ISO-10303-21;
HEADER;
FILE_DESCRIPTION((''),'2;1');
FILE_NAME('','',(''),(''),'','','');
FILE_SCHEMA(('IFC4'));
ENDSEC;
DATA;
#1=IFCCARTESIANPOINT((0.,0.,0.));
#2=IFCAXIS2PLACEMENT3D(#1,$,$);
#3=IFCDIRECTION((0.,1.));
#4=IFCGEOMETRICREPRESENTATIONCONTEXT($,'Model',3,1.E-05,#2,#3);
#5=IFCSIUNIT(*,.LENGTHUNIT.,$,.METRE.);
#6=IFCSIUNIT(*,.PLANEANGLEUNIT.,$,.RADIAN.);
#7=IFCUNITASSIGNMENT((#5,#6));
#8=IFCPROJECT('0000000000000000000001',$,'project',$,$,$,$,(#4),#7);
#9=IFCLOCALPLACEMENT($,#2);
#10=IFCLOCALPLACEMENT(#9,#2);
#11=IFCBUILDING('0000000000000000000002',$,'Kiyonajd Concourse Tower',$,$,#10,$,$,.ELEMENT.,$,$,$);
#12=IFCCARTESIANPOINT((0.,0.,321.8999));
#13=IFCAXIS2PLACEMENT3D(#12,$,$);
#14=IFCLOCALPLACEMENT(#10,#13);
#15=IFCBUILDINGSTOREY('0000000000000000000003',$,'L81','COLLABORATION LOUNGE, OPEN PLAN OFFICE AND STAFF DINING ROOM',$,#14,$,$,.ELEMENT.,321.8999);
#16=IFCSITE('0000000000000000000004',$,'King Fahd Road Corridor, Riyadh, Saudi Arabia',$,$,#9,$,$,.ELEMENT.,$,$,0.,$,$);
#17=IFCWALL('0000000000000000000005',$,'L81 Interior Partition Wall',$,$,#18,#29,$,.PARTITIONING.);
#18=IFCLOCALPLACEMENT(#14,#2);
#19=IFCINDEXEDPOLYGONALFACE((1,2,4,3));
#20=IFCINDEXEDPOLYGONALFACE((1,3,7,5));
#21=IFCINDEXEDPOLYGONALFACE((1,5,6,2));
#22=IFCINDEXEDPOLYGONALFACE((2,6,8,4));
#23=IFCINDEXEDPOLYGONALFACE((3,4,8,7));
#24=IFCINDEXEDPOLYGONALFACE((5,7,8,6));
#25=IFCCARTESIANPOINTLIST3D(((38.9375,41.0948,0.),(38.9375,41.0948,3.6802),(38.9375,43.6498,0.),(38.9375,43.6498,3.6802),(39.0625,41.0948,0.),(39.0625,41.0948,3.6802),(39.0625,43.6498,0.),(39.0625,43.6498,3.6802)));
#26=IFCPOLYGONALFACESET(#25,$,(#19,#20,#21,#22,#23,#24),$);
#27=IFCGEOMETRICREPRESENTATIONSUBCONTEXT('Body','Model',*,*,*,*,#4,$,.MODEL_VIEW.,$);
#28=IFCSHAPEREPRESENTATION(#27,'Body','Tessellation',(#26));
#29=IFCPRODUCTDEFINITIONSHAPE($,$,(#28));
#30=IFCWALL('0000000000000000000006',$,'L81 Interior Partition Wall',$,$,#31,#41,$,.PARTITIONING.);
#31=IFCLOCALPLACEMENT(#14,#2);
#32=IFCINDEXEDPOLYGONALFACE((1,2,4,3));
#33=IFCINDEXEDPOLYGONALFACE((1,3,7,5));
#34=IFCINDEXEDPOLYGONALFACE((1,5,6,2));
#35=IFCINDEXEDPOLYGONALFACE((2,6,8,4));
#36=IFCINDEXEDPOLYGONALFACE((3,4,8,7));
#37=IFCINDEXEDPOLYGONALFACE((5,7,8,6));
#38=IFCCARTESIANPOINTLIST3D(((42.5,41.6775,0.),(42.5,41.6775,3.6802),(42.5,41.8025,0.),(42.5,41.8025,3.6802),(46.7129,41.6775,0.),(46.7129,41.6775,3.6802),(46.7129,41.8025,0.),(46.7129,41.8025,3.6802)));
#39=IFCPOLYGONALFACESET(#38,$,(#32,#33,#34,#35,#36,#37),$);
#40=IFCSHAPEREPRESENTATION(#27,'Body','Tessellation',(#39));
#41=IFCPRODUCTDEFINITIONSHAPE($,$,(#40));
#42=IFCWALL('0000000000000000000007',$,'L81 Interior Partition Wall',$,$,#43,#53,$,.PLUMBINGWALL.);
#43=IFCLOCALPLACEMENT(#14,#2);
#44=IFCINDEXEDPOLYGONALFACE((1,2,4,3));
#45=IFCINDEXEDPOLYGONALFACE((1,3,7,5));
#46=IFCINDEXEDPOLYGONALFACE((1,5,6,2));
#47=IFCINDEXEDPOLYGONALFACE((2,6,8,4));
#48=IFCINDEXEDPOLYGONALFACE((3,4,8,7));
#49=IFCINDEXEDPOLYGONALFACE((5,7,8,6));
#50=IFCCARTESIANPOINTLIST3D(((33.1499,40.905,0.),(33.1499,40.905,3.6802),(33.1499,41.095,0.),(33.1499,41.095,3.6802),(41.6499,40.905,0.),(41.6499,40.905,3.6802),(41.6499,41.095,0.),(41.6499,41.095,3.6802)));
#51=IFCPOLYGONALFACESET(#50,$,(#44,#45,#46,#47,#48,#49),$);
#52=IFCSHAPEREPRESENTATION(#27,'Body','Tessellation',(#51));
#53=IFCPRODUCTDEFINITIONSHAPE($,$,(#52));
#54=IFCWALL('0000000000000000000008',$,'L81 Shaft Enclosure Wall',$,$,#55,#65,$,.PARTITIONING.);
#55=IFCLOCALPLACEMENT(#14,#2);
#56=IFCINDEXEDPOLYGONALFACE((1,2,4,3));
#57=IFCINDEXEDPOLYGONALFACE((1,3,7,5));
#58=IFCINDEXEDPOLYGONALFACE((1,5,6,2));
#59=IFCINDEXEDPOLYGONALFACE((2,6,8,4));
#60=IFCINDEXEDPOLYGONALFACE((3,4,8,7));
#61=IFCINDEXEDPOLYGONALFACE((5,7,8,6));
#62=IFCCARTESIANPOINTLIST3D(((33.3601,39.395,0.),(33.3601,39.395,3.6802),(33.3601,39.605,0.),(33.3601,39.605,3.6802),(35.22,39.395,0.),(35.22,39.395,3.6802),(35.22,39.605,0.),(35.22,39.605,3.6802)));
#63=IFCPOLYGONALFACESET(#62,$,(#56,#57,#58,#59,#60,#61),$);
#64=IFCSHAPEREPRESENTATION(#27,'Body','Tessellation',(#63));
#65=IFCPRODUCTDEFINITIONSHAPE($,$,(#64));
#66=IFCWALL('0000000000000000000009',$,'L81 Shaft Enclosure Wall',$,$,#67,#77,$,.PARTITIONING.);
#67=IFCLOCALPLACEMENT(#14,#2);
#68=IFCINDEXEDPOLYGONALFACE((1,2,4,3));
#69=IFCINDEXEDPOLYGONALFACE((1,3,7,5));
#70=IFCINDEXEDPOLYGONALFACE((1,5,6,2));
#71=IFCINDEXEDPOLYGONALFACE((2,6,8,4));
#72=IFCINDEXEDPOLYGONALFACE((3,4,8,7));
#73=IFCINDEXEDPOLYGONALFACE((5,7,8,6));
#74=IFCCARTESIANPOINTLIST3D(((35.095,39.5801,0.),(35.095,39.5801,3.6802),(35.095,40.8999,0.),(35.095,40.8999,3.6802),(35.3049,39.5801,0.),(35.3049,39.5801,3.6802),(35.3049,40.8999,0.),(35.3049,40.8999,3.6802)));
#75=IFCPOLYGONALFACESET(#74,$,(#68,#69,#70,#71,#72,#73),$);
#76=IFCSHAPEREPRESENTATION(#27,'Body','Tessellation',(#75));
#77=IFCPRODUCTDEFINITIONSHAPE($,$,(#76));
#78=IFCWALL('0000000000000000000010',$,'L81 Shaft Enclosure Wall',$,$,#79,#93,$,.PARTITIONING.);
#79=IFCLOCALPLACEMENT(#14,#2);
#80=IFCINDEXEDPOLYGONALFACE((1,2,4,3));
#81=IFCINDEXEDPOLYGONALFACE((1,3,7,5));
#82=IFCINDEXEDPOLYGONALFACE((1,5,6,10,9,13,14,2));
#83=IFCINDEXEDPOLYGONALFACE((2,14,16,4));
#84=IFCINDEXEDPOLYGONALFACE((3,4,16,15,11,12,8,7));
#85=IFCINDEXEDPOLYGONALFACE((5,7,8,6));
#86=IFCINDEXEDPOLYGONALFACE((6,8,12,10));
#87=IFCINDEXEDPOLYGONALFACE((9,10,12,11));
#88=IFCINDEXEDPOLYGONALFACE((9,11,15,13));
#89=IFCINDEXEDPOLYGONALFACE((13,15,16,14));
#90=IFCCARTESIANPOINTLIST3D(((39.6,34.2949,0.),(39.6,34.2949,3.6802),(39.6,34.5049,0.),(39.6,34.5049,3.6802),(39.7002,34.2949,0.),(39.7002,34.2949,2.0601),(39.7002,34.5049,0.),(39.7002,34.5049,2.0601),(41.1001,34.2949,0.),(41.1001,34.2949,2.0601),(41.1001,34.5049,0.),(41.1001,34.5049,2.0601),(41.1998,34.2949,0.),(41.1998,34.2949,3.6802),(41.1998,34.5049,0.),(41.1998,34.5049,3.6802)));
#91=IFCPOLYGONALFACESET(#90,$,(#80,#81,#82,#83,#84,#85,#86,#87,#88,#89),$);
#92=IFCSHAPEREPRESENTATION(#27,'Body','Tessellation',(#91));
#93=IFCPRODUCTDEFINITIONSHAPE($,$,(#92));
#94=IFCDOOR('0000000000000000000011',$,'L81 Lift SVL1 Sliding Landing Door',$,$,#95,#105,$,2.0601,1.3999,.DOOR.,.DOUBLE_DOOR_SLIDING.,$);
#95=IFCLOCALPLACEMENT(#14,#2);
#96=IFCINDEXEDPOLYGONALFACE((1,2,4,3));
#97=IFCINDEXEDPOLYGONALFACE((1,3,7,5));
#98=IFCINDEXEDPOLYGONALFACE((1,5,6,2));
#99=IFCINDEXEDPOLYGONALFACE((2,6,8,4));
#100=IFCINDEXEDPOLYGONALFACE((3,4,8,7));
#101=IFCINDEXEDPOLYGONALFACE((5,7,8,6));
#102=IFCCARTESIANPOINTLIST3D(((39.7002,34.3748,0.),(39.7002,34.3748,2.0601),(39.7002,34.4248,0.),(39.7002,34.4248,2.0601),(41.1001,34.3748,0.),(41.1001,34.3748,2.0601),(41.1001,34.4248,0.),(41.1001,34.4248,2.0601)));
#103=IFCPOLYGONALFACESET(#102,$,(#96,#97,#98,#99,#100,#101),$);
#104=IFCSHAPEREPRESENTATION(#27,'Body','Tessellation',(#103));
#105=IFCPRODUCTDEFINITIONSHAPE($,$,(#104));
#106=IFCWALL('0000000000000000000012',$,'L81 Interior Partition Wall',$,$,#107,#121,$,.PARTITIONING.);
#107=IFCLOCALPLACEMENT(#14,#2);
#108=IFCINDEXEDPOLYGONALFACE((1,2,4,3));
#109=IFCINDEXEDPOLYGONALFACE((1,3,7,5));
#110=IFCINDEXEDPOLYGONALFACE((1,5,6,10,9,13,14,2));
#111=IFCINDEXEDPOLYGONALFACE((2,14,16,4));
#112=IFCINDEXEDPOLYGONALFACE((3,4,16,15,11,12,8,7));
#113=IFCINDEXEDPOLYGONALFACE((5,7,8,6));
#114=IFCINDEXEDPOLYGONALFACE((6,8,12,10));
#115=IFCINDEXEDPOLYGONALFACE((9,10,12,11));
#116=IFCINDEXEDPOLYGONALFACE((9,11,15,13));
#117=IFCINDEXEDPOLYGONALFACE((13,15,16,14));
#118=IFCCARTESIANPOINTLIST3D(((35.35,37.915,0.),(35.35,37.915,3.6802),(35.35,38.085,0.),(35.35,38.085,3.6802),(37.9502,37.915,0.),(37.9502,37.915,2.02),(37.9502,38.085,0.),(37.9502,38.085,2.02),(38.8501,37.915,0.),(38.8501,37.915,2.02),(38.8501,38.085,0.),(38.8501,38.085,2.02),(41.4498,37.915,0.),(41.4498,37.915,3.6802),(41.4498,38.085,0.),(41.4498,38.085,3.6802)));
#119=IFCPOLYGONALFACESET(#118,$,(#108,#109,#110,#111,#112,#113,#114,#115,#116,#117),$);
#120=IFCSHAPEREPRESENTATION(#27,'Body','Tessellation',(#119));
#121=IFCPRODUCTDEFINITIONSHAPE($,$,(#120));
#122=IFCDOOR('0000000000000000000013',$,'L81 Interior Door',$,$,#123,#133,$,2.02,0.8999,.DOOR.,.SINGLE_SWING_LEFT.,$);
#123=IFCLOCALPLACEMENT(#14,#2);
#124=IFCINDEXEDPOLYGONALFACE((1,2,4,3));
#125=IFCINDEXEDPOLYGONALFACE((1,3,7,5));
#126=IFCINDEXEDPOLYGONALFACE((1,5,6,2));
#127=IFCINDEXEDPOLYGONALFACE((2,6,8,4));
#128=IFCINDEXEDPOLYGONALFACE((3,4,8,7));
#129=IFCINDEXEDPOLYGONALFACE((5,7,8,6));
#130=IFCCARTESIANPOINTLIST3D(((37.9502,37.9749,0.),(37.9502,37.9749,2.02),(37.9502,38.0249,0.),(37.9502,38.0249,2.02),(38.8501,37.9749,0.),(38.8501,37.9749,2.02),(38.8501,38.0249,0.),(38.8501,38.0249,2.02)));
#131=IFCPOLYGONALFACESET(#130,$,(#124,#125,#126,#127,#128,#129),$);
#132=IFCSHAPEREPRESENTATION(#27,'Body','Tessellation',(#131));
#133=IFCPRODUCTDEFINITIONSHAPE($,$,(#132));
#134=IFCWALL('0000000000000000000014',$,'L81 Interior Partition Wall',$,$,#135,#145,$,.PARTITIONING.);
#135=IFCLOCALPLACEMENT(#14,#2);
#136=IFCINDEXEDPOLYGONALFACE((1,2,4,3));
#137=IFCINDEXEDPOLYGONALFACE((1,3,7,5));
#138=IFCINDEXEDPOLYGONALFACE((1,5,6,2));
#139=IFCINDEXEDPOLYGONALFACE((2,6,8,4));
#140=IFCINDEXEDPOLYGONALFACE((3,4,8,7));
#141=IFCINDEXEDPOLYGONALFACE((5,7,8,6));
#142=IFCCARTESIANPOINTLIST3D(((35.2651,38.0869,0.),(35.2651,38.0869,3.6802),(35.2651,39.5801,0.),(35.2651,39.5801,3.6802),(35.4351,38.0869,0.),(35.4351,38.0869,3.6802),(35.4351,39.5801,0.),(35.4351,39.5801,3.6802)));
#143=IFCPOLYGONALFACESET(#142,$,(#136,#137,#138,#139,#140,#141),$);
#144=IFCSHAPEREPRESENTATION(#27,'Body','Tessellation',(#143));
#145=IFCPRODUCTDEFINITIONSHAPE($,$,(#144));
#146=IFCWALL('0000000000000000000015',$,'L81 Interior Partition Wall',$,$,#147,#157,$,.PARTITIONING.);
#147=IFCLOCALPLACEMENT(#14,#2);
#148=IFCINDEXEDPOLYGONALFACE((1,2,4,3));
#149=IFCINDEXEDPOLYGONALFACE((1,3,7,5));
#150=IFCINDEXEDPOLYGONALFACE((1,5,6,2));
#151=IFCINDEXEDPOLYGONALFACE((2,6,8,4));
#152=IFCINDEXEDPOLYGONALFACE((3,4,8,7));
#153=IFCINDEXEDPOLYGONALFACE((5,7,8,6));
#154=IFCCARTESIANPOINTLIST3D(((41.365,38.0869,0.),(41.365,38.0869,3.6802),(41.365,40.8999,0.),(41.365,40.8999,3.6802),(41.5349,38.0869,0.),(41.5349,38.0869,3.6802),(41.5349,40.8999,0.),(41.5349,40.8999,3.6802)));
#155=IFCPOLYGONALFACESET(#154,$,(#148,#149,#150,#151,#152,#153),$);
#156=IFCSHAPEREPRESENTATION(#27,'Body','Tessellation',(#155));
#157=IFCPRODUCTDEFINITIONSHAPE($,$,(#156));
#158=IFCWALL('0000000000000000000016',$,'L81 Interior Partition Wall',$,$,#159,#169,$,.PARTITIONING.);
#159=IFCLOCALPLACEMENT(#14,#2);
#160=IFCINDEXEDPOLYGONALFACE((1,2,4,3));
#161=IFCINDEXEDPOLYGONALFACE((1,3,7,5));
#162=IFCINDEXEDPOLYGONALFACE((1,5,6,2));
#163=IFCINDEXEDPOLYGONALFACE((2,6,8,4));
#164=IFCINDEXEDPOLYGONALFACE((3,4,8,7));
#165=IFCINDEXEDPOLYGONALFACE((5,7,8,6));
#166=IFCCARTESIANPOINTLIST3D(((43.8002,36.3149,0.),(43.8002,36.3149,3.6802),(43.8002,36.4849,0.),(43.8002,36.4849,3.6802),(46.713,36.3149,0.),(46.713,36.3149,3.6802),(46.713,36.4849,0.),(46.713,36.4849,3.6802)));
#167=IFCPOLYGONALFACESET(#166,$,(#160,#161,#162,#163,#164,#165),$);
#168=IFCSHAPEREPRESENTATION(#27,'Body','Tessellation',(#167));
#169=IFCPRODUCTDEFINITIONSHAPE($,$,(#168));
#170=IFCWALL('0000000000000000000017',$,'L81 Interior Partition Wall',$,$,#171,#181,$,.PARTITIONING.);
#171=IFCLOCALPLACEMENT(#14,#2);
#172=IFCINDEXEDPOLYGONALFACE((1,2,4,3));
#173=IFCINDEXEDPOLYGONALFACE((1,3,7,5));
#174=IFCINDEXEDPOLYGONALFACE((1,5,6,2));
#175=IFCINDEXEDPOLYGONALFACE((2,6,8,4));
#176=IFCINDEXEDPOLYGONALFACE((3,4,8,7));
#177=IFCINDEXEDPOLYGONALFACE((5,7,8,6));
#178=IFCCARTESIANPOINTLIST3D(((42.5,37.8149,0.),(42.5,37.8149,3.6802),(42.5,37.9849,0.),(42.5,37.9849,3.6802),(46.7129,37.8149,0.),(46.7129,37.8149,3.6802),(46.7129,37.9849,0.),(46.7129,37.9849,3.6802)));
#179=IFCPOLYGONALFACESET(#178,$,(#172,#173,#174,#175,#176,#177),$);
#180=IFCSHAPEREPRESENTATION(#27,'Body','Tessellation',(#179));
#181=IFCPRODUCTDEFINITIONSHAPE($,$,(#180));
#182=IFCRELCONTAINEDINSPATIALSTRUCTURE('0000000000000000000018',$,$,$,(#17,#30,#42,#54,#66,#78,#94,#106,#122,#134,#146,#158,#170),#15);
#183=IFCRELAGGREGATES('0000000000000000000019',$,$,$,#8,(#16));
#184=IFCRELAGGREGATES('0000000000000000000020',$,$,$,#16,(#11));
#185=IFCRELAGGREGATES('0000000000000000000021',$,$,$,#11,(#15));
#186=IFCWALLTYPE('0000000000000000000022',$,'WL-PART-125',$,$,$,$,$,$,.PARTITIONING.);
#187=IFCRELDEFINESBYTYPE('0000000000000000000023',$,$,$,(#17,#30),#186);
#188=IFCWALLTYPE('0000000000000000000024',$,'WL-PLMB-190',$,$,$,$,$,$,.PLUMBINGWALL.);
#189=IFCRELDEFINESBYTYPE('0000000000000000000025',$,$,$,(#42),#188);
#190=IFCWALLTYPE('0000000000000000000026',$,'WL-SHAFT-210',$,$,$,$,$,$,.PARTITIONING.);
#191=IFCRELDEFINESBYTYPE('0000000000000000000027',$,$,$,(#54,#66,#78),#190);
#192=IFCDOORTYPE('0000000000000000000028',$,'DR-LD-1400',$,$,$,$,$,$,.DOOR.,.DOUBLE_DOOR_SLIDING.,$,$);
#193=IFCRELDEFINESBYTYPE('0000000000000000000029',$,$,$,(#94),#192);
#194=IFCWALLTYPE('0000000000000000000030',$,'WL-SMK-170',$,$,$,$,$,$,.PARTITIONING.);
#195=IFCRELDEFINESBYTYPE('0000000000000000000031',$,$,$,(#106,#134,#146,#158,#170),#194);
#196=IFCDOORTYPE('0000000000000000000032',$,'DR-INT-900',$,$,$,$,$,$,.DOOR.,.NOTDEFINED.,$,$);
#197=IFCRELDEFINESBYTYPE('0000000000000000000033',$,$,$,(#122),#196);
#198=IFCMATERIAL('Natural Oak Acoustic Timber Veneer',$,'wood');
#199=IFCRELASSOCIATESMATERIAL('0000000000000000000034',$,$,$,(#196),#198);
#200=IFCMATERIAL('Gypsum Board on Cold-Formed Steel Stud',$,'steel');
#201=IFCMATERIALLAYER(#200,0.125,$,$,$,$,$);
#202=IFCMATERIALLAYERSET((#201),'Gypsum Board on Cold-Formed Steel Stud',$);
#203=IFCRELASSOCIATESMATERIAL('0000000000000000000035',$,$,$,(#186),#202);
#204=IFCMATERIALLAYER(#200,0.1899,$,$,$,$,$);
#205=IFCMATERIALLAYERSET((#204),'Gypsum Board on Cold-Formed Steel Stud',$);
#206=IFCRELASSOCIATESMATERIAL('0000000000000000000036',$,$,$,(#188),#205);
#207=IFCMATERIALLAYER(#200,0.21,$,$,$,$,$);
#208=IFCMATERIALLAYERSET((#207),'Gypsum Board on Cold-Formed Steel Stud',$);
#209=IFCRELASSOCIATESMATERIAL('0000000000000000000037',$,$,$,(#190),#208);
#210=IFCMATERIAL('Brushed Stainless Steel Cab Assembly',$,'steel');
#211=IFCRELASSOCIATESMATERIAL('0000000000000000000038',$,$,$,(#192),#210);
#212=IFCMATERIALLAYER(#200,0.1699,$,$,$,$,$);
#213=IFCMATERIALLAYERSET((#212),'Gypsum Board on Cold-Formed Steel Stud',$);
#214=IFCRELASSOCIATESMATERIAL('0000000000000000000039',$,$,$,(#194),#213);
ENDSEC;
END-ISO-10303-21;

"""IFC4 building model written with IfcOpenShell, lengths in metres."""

from ifc_helpers import new_model, si_unit, direction, frame, frame_2d, origin, place, context, subcontext, project, spatial, rectangle, extrude, material, layer, layer_set, type_object, element, fill, save


model = new_model("IFC4")

# Units and contexts
model_context = context("Model", 3, precision=1e-05, world=origin(), true_north=direction((0.0, 1.0)))
body_context = subcontext(model_context, "Body", "Model", "MODEL_VIEW")
ifc_project = project(units=[si_unit("LENGTHUNIT", "METRE"), si_unit("PLANEANGLEUNIT", "RADIAN")], contexts=[model_context])

# Site, building, storey
site_placement = place(None, origin())
site = spatial("IfcSite", under=ifc_project, at=site_placement, Name="King Fahd Road Corridor, Riyadh, Saudi Arabia", CompositionType="ELEMENT", RefElevation=0.0)
building_placement = place(site_placement, origin())
building = spatial("IfcBuilding", under=site, at=building_placement, Name="Kiyonajd Concourse Tower", CompositionType="ELEMENT")
storey_placement = place(building_placement, frame((0.0, 0.0, 321.8999)))
storey = spatial("IfcBuildingStorey", under=building, at=storey_placement, Name="L81", Description="COLLABORATION LOUNGE, OPEN PLAN OFFICE AND STAFF DINING ROOM", CompositionType="ELEMENT", Elevation=321.8999)

# Shared definitions
ifc_material_1 = material(Name="Natural Oak Acoustic Timber Veneer", Category="wood")
door_type_1 = type_object("IfcDoorType", Name="DR-INT-900", OperationType="NOTDEFINED", PredefinedType="DOOR", material=ifc_material_1)

# Walls
ifc_material_2 = material(Name="Gypsum Board on Cold-Formed Steel Stud", Category="steel")
ifc_layer_1 = layer(ifc_material_2, 0.125)
ifc_layer_set_1 = layer_set([ifc_layer_1], Name="Gypsum Board on Cold-Formed Steel Stud")
wall_type_1 = type_object("IfcWallType", Name="WL-PART-125", PredefinedType="PARTITIONING", material=ifc_layer_set_1)
for number, where, z_axis, x_axis, name in (
    (1, (39.0, 41.095, 0.0), (0.0, 0.0, 1.0), (0.0, 1.0, 0.0), "L81 Interior Partition Wall"),
):
    element("IfcWall", number, at=place(storey_placement, frame(where, z_axis=z_axis, x_axis=x_axis)), inside=storey, type_object=wall_type_1, Name=name, PredefinedType="PARTITIONING", context=body_context, shape_type="SweptSolid", body=[
        extrude(rectangle(XDim=2.5549, YDim=0.125, at=frame_2d((1.2773, 0.0))), origin(), (0.0, 0.0, 1.0), 3.6802),
    ])
wall_1_placement = place(storey_placement, frame((42.5, 41.74, 0.0), z_axis=(0.0, 0.0, 1.0), x_axis=(1.0, 0.0, 0.0)))
element("IfcWall", 2, at=wall_1_placement, inside=storey, type_object=wall_type_1, Name="L81 Interior Partition Wall", PredefinedType="PARTITIONING", context=body_context, shape_type="SweptSolid", body=[
    extrude(rectangle(XDim=4.2129, YDim=0.125, at=frame_2d((2.1064, 0.0))), origin(), (0.0, 0.0, 1.0), 3.6802),
])
ifc_layer_2 = layer(ifc_material_2, 0.1899)
ifc_layer_set_2 = layer_set([ifc_layer_2], Name="Gypsum Board on Cold-Formed Steel Stud")
wall_type_2 = type_object("IfcWallType", Name="WL-PLMB-190", PredefinedType="PLUMBINGWALL", material=ifc_layer_set_2)
wall_2_placement = place(storey_placement, frame((33.1499, 41.0, 0.0), z_axis=(0.0, 0.0, 1.0), x_axis=(1.0, 0.0, 0.0)))
element("IfcWall", 3, at=wall_2_placement, inside=storey, type_object=wall_type_2, Name="L81 Interior Partition Wall", PredefinedType="PLUMBINGWALL", context=body_context, shape_type="SweptSolid", body=[
    extrude(rectangle(XDim=8.5, YDim=0.1899, at=frame_2d((4.25, 0.0))), origin(), (0.0, 0.0, 1.0), 3.6802),
])
ifc_layer_3 = layer(ifc_material_2, 0.21)
ifc_layer_set_3 = layer_set([ifc_layer_3], Name="Gypsum Board on Cold-Formed Steel Stud")
wall_type_3 = type_object("IfcWallType", Name="WL-SHAFT-210", PredefinedType="PARTITIONING", material=ifc_layer_set_3)
wall_3_placement = place(storey_placement, frame((33.3601, 39.5, 0.0), z_axis=(0.0, 0.0, 1.0), x_axis=(1.0, 0.0, 0.0)))
element("IfcWall", 4, at=wall_3_placement, inside=storey, type_object=wall_type_3, Name="L81 Shaft Enclosure Wall", PredefinedType="PARTITIONING", context=body_context, shape_type="SweptSolid", body=[
    extrude(rectangle(XDim=1.8599, YDim=0.21, at=frame_2d((0.9299, 0.0))), origin(), (0.0, 0.0, 1.0), 3.6802),
])
wall_4_placement = place(storey_placement, frame((35.2, 39.5801, 0.0), z_axis=(0.0, 0.0, 1.0), x_axis=(0.0, 1.0, 0.0)))
element("IfcWall", 5, at=wall_4_placement, inside=storey, type_object=wall_type_3, Name="L81 Shaft Enclosure Wall", PredefinedType="PARTITIONING", context=body_context, shape_type="SweptSolid", body=[
    extrude(rectangle(XDim=1.3198, YDim=0.21, at=frame_2d((0.6599, 0.0))), origin(), (0.0, 0.0, 1.0), 3.6802),
])

# Walls, openings, doors
wall_5_placement = place(storey_placement, frame((39.6001, 34.3999, 0.0), z_axis=(0.0, 0.0, 1.0), x_axis=(1.0, 0.0, 0.0)))
wall_5 = element("IfcWall", 6, at=wall_5_placement, inside=storey, type_object=wall_type_3, Name="L81 Shaft Enclosure Wall", PredefinedType="PARTITIONING", context=body_context, shape_type="SweptSolid", body=[
    extrude(rectangle(XDim=1.5999, YDim=0.21, at=frame_2d((0.7998, 0.0))), origin(), (0.0, 0.0, 1.0), 3.6802),
])
opening_1_placement = place(wall_5_placement, frame((0.1001, 0.0, 0.0)))
opening_1 = element("IfcOpeningElement", 7, at=opening_1_placement, cuts=wall_5, PredefinedType="OPENING", context=body_context, shape_type="SweptSolid", body=[
    extrude(rectangle(XDim=1.3999, YDim=2.0601, at=frame_2d((0.7, 1.03))), frame((0.0, 0.115, 0.0), z_axis=(0.0, -1.0, 0.0), x_axis=(1.0, 0.0, 0.0)), (0.0, 0.0, 1.0), 0.23),
])
ifc_material_3 = material(Name="Brushed Stainless Steel Cab Assembly", Category="steel")
door_type_2 = type_object("IfcDoorType", Name="DR-LD-1400", OperationType="DOUBLE_DOOR_SLIDING", PredefinedType="DOOR", material=ifc_material_3)
door_1_placement = place(opening_1_placement, origin())
door_1 = element("IfcDoor", 8, at=door_1_placement, inside=storey, type_object=door_type_2, Name="L81 Lift SVL1 Sliding Landing Door", OperationType="DOUBLE_DOOR_SLIDING", OverallHeight=2.0601, OverallWidth=1.3999, PredefinedType="DOOR", context=body_context, shape_type="SweptSolid", body=[
    extrude(rectangle(XDim=1.3999, YDim=2.0601, at=frame_2d((0.7, 1.03))), frame((0.0, 0.0249, 0.0), z_axis=(0.0, -1.0, 0.0), x_axis=(1.0, 0.0, 0.0)), (0.0, 0.0, 1.0), 0.05),
])
fill(opening_1, door_1)
ifc_layer_4 = layer(ifc_material_2, 0.1699)
ifc_layer_set_4 = layer_set([ifc_layer_4], Name="Gypsum Board on Cold-Formed Steel Stud")
wall_type_4 = type_object("IfcWallType", Name="WL-SMK-170", PredefinedType="PARTITIONING", material=ifc_layer_set_4)
wall_6_placement = place(storey_placement, frame((35.3501, 38.0, 0.0), z_axis=(0.0, 0.0, 1.0), x_axis=(1.0, 0.0, 0.0)))
wall_6 = element("IfcWall", 9, at=wall_6_placement, inside=storey, type_object=wall_type_4, Name="L81 Interior Partition Wall", PredefinedType="PARTITIONING", context=body_context, shape_type="SweptSolid", body=[
    extrude(rectangle(XDim=6.0999, YDim=0.1699, at=frame_2d((3.0498, 0.0))), origin(), (0.0, 0.0, 1.0), 3.6802),
])
opening_2_placement = place(wall_6_placement, frame((2.6001, 0.0, 0.0)))
opening_2 = element("IfcOpeningElement", 10, at=opening_2_placement, cuts=wall_6, PredefinedType="OPENING", context=body_context, shape_type="SweptSolid", body=[
    extrude(rectangle(XDim=0.8999, YDim=2.02, at=frame_2d((0.45, 1.01))), frame((0.0, 0.095, 0.0), z_axis=(0.0, -1.0, 0.0), x_axis=(1.0, 0.0, 0.0)), (0.0, 0.0, 1.0), 0.1899),
])
door_2_placement = place(opening_2_placement, origin())
door_2 = element("IfcDoor", 11, at=door_2_placement, inside=storey, type_object=door_type_1, Name="L81 Interior Door", OperationType="SINGLE_SWING_LEFT", OverallHeight=2.02, OverallWidth=0.8999, PredefinedType="DOOR", context=body_context, shape_type="SweptSolid", body=[
    extrude(rectangle(XDim=0.8999, YDim=2.02, at=frame_2d((0.45, 1.01))), frame((0.0, 0.0249, 0.0), z_axis=(0.0, -1.0, 0.0), x_axis=(1.0, 0.0, 0.0)), (0.0, 0.0, 1.0), 0.05),
])
fill(opening_2, door_2)

# Walls
wall_7_placement = place(storey_placement, frame((35.3501, 38.0869, 0.0), z_axis=(0.0, 0.0, 1.0), x_axis=(0.0, 1.0, 0.0)))
element("IfcWall", 12, at=wall_7_placement, inside=storey, type_object=wall_type_4, Name="L81 Interior Partition Wall", PredefinedType="PARTITIONING", context=body_context, shape_type="SweptSolid", body=[
    extrude(rectangle(XDim=1.4932, YDim=0.1699, at=frame_2d((0.7466, 0.0))), origin(), (0.0, 0.0, 1.0), 3.6802),
])
wall_8_placement = place(storey_placement, frame((41.45, 38.0869, 0.0), z_axis=(0.0, 0.0, 1.0), x_axis=(0.0, 1.0, 0.0)))
element("IfcWall", 13, at=wall_8_placement, inside=storey, type_object=wall_type_4, Name="L81 Interior Partition Wall", PredefinedType="PARTITIONING", context=body_context, shape_type="SweptSolid", body=[
    extrude(rectangle(XDim=2.813, YDim=0.1699, at=frame_2d((1.4065, 0.0))), origin(), (0.0, 0.0, 1.0), 3.6802),
])
wall_9_placement = place(storey_placement, frame((43.8, 36.3999, 0.0), z_axis=(0.0, 0.0, 1.0), x_axis=(1.0, 0.0, 0.0)))
element("IfcWall", 14, at=wall_9_placement, inside=storey, type_object=wall_type_4, Name="L81 Interior Partition Wall", PredefinedType="PARTITIONING", context=body_context, shape_type="SweptSolid", body=[
    extrude(rectangle(XDim=2.9128, YDim=0.1699, at=frame_2d((1.4565, 0.0))), origin(), (0.0, 0.0, 1.0), 3.6802),
])
wall_10_placement = place(storey_placement, frame((42.5, 37.8999, 0.0), z_axis=(0.0, 0.0, 1.0), x_axis=(1.0, 0.0, 0.0)))
element("IfcWall", 15, at=wall_10_placement, inside=storey, type_object=wall_type_4, Name="L81 Interior Partition Wall", PredefinedType="PARTITIONING", context=body_context, shape_type="SweptSolid", body=[
    extrude(rectangle(XDim=4.2129, YDim=0.1699, at=frame_2d((2.1064, 0.0))), origin(), (0.0, 0.0, 1.0), 3.6802),
])

save(model, "model.ifc")
